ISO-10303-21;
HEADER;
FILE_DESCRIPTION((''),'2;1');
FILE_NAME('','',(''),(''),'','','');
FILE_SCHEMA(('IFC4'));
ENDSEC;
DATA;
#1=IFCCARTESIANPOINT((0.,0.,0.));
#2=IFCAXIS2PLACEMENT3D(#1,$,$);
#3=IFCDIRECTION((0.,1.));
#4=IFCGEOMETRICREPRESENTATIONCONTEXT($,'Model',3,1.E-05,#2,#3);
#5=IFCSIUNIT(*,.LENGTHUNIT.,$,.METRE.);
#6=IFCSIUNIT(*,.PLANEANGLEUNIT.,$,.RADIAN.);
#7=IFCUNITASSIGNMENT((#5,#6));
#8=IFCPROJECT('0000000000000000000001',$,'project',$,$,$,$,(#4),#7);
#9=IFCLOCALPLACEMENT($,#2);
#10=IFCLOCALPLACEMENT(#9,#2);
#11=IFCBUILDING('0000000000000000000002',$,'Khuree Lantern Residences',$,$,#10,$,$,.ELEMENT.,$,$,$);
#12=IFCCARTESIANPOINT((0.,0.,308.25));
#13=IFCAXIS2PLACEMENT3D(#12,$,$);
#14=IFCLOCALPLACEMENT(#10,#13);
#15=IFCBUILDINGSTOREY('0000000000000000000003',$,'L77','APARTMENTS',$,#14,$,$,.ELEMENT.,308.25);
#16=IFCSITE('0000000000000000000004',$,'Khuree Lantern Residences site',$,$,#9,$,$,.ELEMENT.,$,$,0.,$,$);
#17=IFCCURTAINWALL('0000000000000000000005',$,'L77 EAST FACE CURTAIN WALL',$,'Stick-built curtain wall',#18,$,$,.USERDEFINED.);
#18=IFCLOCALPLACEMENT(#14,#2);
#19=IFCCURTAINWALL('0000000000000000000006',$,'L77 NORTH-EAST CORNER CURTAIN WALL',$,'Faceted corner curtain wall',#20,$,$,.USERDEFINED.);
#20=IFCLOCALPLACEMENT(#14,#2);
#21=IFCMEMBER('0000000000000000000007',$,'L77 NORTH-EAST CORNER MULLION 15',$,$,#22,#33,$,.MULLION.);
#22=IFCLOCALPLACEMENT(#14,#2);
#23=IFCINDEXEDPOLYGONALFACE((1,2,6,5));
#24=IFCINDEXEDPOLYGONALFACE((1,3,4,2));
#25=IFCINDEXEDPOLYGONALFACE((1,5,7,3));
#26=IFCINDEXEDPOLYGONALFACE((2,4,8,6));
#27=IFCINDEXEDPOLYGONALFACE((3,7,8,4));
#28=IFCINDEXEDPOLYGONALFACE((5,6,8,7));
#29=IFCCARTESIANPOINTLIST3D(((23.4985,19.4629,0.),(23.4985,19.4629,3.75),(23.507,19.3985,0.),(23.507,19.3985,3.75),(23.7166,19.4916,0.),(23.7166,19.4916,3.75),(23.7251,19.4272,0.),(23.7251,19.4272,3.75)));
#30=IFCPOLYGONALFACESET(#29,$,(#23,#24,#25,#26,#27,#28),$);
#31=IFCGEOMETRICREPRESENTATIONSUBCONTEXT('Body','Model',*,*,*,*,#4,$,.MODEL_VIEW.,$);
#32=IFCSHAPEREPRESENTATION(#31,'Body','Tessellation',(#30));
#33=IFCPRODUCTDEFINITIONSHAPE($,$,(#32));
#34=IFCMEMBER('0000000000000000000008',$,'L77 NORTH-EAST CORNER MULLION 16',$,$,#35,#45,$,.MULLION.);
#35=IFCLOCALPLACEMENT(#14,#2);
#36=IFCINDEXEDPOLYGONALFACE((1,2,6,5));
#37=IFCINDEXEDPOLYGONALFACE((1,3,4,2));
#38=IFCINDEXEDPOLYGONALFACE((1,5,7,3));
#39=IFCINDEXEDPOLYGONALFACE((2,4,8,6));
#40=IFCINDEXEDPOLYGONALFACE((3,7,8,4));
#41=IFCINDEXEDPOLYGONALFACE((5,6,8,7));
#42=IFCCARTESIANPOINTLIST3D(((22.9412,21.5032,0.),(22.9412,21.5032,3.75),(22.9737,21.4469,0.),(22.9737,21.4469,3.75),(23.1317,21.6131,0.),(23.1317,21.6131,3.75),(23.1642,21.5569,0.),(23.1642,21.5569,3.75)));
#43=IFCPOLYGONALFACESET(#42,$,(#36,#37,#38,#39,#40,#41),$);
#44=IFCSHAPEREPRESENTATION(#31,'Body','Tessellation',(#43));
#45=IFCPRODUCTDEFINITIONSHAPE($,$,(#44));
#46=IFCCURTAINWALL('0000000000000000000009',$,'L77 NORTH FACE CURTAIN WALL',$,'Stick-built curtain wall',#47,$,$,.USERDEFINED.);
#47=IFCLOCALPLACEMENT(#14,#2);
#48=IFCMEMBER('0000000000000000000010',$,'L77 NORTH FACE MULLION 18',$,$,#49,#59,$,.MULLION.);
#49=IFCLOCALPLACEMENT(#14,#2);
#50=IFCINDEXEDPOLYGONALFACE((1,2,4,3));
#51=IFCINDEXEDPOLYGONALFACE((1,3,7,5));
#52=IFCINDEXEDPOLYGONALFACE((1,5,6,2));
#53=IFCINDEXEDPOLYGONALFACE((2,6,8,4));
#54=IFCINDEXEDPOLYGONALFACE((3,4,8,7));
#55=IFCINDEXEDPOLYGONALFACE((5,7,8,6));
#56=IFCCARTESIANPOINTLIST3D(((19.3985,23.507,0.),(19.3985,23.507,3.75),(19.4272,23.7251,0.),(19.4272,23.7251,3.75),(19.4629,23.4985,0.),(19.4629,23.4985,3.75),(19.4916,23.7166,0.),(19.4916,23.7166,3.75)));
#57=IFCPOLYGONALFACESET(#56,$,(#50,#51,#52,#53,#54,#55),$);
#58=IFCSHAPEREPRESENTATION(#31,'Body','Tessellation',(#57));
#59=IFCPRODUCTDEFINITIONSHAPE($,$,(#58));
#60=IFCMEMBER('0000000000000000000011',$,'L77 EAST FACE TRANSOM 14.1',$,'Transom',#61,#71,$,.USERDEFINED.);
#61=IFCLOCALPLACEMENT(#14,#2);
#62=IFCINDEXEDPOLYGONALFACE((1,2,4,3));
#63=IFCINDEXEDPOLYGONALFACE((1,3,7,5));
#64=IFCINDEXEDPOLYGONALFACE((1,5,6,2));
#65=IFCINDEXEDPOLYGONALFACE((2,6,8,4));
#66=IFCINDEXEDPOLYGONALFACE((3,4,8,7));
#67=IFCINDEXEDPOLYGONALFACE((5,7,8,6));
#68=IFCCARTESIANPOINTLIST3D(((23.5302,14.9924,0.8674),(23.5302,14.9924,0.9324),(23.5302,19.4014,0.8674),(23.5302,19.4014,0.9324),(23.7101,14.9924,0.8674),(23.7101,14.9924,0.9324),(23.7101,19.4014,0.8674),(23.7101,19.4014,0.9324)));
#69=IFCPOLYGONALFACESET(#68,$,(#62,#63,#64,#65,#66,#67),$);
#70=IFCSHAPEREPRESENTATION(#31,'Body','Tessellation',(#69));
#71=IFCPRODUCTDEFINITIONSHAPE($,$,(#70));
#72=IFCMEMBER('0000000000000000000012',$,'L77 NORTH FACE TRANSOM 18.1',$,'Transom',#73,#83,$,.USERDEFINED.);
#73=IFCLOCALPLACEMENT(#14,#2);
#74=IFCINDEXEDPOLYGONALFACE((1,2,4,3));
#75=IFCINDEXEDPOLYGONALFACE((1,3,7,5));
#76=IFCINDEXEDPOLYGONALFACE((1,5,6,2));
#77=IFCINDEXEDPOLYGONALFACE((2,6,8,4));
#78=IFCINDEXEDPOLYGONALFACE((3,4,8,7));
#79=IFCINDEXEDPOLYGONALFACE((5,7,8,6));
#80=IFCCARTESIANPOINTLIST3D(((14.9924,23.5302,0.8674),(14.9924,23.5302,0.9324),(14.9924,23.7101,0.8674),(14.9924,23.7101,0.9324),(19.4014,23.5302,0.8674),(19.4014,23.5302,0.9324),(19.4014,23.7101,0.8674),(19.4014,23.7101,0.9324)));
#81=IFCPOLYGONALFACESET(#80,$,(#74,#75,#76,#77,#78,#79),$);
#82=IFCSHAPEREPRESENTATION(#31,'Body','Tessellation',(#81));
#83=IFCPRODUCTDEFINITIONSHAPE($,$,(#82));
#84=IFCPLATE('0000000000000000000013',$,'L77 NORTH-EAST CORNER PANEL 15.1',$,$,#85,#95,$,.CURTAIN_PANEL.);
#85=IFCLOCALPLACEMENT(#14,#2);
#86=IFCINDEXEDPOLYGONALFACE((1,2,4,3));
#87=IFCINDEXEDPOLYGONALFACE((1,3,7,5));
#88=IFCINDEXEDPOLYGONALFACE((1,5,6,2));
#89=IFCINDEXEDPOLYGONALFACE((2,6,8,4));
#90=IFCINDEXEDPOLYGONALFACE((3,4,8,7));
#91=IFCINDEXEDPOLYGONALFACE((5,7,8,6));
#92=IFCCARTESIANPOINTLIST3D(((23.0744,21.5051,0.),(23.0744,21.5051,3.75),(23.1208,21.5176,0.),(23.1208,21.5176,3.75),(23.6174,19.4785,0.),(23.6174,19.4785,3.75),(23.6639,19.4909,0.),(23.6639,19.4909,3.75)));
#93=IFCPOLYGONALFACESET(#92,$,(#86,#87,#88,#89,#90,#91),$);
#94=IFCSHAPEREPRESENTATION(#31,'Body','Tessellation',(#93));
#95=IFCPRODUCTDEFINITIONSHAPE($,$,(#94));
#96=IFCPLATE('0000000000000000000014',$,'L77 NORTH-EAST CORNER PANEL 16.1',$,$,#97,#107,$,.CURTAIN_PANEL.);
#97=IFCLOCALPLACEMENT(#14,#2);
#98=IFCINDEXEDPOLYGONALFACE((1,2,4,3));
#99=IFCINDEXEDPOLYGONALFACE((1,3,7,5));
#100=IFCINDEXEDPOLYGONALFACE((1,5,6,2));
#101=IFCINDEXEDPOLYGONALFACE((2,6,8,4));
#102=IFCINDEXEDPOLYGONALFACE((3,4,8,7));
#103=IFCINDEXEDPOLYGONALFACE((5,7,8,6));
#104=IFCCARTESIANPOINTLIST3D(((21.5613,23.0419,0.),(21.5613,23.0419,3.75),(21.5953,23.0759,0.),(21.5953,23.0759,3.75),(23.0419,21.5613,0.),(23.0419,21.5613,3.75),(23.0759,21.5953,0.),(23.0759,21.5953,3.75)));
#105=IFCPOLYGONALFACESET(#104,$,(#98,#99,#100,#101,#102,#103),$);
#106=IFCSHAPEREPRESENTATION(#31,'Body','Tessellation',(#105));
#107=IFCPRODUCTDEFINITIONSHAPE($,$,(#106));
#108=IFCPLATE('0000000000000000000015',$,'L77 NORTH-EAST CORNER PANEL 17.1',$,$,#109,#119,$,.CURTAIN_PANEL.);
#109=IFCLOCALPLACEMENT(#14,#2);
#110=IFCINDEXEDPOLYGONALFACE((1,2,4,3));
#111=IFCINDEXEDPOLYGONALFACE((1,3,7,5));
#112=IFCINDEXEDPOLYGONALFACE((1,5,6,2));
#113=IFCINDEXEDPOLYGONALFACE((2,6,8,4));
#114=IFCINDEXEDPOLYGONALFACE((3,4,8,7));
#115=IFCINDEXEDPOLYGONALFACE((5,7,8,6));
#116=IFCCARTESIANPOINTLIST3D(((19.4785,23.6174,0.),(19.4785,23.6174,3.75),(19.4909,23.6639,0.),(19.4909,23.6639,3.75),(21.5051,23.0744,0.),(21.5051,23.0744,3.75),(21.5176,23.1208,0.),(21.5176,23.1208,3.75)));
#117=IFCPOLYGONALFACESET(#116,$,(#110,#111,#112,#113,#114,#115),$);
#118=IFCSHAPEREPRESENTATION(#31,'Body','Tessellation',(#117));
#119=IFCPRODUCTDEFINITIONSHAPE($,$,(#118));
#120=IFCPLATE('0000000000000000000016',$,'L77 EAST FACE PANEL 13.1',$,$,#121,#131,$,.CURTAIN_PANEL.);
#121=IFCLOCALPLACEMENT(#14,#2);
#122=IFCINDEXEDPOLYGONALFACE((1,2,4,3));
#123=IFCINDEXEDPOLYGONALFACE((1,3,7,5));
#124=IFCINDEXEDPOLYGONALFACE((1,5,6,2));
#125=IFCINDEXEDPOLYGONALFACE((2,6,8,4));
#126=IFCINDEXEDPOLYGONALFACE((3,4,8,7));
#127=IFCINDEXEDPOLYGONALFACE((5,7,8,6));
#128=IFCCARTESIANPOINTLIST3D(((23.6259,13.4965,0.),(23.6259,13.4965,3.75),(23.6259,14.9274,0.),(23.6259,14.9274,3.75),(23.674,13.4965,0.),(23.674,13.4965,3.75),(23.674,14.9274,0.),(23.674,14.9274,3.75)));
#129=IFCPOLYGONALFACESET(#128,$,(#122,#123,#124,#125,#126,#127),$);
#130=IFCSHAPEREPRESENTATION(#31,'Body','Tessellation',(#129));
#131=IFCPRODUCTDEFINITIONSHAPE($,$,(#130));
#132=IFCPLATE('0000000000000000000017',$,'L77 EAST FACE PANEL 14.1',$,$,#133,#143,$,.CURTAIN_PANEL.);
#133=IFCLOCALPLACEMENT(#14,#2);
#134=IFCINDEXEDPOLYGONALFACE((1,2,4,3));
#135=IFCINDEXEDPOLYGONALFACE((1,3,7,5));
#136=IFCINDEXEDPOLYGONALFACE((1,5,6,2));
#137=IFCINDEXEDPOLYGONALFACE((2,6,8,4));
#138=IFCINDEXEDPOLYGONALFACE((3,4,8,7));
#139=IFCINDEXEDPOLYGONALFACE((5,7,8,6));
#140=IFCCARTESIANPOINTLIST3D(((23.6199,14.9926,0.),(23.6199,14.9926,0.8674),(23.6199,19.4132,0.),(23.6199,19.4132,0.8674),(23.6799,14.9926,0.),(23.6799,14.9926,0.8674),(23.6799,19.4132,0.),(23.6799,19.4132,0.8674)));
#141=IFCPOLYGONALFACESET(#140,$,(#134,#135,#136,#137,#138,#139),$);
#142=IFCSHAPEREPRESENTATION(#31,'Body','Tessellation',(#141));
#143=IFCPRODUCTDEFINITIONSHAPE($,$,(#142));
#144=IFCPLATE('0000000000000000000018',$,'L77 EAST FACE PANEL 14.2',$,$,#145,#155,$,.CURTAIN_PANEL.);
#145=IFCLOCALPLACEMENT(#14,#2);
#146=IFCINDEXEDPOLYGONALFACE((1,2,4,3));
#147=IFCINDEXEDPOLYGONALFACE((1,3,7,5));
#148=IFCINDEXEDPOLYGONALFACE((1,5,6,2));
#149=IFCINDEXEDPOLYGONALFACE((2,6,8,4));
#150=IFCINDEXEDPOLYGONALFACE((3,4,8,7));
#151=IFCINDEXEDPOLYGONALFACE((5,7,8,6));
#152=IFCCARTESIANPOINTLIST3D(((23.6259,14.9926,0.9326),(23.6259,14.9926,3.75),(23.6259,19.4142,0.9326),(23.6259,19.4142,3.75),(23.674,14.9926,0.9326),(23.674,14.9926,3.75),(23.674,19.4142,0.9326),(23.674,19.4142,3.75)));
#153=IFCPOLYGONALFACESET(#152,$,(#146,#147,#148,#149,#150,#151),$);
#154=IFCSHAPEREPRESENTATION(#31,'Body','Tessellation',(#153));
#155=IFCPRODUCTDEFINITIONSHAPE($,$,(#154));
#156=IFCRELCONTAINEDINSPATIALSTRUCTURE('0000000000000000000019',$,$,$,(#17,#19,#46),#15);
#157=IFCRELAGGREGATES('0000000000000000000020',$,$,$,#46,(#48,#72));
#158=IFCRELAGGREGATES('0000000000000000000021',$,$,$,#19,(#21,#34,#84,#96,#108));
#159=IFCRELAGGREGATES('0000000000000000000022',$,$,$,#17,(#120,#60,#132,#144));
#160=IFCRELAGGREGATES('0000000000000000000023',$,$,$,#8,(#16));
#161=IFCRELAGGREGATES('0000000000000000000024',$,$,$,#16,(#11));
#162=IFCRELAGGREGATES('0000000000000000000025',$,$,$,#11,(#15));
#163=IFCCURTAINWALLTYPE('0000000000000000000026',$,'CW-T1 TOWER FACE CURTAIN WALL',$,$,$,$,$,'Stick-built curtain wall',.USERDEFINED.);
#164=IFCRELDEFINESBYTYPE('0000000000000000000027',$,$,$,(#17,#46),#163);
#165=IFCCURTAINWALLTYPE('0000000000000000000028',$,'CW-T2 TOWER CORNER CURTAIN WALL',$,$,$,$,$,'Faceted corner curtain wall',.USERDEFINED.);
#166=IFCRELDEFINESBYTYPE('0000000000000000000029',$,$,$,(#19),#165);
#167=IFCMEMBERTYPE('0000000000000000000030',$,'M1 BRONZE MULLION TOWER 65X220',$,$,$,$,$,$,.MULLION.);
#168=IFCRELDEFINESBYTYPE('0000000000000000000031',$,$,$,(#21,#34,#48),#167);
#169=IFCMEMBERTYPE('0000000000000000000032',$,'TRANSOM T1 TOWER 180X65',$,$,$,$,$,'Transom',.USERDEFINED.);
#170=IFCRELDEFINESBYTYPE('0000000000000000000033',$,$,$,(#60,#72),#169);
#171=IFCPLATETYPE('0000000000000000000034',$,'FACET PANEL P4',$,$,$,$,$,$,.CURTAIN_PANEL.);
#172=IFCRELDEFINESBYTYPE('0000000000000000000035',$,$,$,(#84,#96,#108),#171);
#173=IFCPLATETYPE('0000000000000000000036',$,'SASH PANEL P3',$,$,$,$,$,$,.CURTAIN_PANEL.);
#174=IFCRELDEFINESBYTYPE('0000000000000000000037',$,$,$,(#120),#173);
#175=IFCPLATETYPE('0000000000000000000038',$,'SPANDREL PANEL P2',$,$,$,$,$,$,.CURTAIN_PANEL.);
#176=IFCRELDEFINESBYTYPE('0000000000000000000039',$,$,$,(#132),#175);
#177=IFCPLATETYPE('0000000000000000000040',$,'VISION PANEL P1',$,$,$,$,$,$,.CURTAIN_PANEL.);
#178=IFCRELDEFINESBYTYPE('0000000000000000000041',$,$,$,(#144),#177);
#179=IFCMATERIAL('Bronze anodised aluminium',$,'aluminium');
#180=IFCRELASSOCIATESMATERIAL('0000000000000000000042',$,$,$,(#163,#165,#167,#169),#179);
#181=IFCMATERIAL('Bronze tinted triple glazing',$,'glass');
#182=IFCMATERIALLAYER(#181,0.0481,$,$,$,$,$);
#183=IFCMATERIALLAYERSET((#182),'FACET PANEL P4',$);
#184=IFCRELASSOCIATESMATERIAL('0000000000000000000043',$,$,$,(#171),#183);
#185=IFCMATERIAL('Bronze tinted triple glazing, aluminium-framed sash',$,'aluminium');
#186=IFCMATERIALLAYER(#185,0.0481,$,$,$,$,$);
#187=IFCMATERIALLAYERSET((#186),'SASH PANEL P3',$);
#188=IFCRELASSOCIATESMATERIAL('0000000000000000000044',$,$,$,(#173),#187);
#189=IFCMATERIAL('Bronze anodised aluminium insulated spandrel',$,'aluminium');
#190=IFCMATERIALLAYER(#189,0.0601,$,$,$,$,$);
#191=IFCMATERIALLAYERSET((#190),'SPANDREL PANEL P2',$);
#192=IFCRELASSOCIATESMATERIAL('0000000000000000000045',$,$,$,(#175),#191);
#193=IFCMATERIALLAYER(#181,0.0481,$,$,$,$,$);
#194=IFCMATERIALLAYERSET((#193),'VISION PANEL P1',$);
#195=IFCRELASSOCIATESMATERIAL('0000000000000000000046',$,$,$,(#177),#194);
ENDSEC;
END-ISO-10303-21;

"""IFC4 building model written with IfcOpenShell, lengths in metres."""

from ifc_helpers import new_model, si_unit, direction, frame, origin, origin_2d, place, context, subcontext, project, spatial, rectangle, extrude, material, layer, layer_set, material_profile, profile_set, type_object, element, aggregate, save


model = new_model("IFC4")

# Units and contexts
model_context = context("Model", 3, precision=1e-05, world=origin(), true_north=direction((0.0, 1.0)))
body_context = subcontext(model_context, "Body", "Model", "MODEL_VIEW")
ifc_project = project(units=[si_unit("LENGTHUNIT", "METRE"), si_unit("PLANEANGLEUNIT", "RADIAN")], contexts=[model_context])

# Site, building, storey
site_placement = place(None, origin())
site = spatial("IfcSite", under=ifc_project, at=site_placement, Name="Khuree Lantern Residences site", CompositionType="ELEMENT", RefElevation=0.0)
building_placement = place(site_placement, origin())
building = spatial("IfcBuilding", under=site, at=building_placement, Name="Khuree Lantern Residences", CompositionType="ELEMENT")
storey_placement = place(building_placement, frame((0.0, 0.0, 308.25)))
storey = spatial("IfcBuildingStorey", under=building, at=storey_placement, Name="L77", Description="APARTMENTS", CompositionType="ELEMENT", Elevation=308.25)

# Curtain walls
ifc_material_1 = material(Name="Bronze anodised aluminium", Category="aluminium")
curtain_wall_type_1 = type_object("IfcCurtainWallType", Name="CW-T1 TOWER FACE CURTAIN WALL", ElementType="Stick-built curtain wall", PredefinedType="USERDEFINED", material=ifc_material_1)
curtain_wall_1_placement = place(storey_placement, origin())
curtain_wall_1 = element("IfcCurtainWall", 1, at=curtain_wall_1_placement, inside=storey, type_object=curtain_wall_type_1, Name="L77 EAST FACE CURTAIN WALL", ObjectType="Stick-built curtain wall", PredefinedType="USERDEFINED")
curtain_wall_type_2 = type_object("IfcCurtainWallType", Name="CW-T2 TOWER CORNER CURTAIN WALL", ElementType="Faceted corner curtain wall", PredefinedType="USERDEFINED", material=ifc_material_1)
curtain_wall_2_placement = place(storey_placement, origin())
curtain_wall_2 = element("IfcCurtainWall", 2, at=curtain_wall_2_placement, inside=storey, type_object=curtain_wall_type_2, Name="L77 NORTH-EAST CORNER CURTAIN WALL", ObjectType="Faceted corner curtain wall", PredefinedType="USERDEFINED")

# Members
ifc_material_profile_1 = material_profile(ifc_material_1, rectangle(XDim=0.0649, YDim=0.22, at=origin_2d()), Name="M1 65X220")
ifc_profile_set_1 = profile_set([ifc_material_profile_1], Name="Bronze anodised aluminium")
member_type_1 = type_object("IfcMemberType", Name="M1 BRONZE MULLION TOWER 65X220", PredefinedType="MULLION", material=ifc_profile_set_1)
member_1_placement = place(storey_placement, frame((23.6118, 19.4451, 0.0), z_axis=(0.0, 0.0, 1.0), x_axis=(-0.130526, 0.991445, 0.0)))
member_1 = element("IfcMember", 3, at=member_1_placement, type_object=member_type_1, Name="L77 NORTH-EAST CORNER MULLION 15", PredefinedType="MULLION", context=body_context, shape_type="SweptSolid", body=[
    extrude(rectangle(XDim=0.0649, YDim=0.22, at=origin_2d()), origin(), (0.0, 0.0, 1.0), 3.75),
])
member_2_placement = place(storey_placement, frame((23.0527, 21.53, 0.0), z_axis=(0.0, 0.0, 1.0), x_axis=(-0.5, 0.866025, 0.0)))
member_2 = element("IfcMember", 4, at=member_2_placement, type_object=member_type_1, Name="L77 NORTH-EAST CORNER MULLION 16", PredefinedType="MULLION", context=body_context, shape_type="SweptSolid", body=[
    extrude(rectangle(XDim=0.0649, YDim=0.22, at=origin_2d()), origin(), (0.0, 0.0, 1.0), 3.75),
])

# Curtain wall, member
curtain_wall_3_placement = place(storey_placement, origin())
curtain_wall_3 = element("IfcCurtainWall", 5, at=curtain_wall_3_placement, inside=storey, type_object=curtain_wall_type_1, Name="L77 NORTH FACE CURTAIN WALL", ObjectType="Stick-built curtain wall", PredefinedType="USERDEFINED")
member_3_placement = place(storey_placement, frame((19.4451, 23.6118, 0.0), z_axis=(0.0, 0.0, 1.0), x_axis=(-0.991445, 0.130526, 0.0)))
member_3 = element("IfcMember", 6, at=member_3_placement, type_object=member_type_1, Name="L77 NORTH FACE MULLION 18", PredefinedType="MULLION", context=body_context, shape_type="SweptSolid", body=[
    extrude(rectangle(XDim=0.0649, YDim=0.22, at=origin_2d()), origin(), (0.0, 0.0, 1.0), 3.75),
])

# Members
ifc_material_profile_2 = material_profile(ifc_material_1, rectangle(XDim=0.1799, YDim=0.0649, at=origin_2d()), Name="T1 180X65")
ifc_profile_set_2 = profile_set([ifc_material_profile_2], Name="Bronze anodised aluminium")
member_type_2 = type_object("IfcMemberType", Name="TRANSOM T1 TOWER 180X65", ElementType="Transom", PredefinedType="USERDEFINED", material=ifc_profile_set_2)
member_4_placement = place(storey_placement, frame((23.6201, 14.9924, 0.8999), z_axis=(0.0, 1.0, 0.0), x_axis=(-1.0, 0.0, 0.0)))
member_4 = element("IfcMember", 7, at=member_4_placement, type_object=member_type_2, Name="L77 EAST FACE TRANSOM 14.1", ObjectType="Transom", PredefinedType="USERDEFINED", context=body_context, shape_type="SweptSolid", body=[
    extrude(rectangle(XDim=0.1799, YDim=0.0649, at=origin_2d()), origin(), (0.0, 0.0, 1.0), 4.4089),
])
member_5_placement = place(storey_placement, frame((19.4014, 23.6201, 0.8999), z_axis=(-1.0, 0.0, 0.0), x_axis=(0.0, -1.0, 0.0)))
member_5 = element("IfcMember", 8, at=member_5_placement, type_object=member_type_2, Name="L77 NORTH FACE TRANSOM 18.1", ObjectType="Transom", PredefinedType="USERDEFINED", context=body_context, shape_type="SweptSolid", body=[
    extrude(rectangle(XDim=0.1799, YDim=0.0649, at=origin_2d()), origin(), (0.0, 0.0, 1.0), 4.4089),
])
aggregate(curtain_wall_3, [member_3, member_5])

# Plates
ifc_material_2 = material(Name="Bronze tinted triple glazing", Category="glass")
ifc_layer_1 = layer(ifc_material_2, 0.0481)
ifc_layer_set_1 = layer_set([ifc_layer_1], Name="FACET PANEL P4")
plate_type_1 = type_object("IfcPlateType", Name="FACET PANEL P4", PredefinedType="CURTAIN_PANEL", material=ifc_layer_set_1)
plate_1_placement = place(storey_placement, frame((23.3691, 20.498, 0.0), z_axis=(0.0, 0.0, 1.0), x_axis=(-0.258819, 0.965926, 0.0)))
plate_1 = element("IfcPlate", 9, at=plate_1_placement, type_object=plate_type_1, Name="L77 NORTH-EAST CORNER PANEL 15.1", PredefinedType="CURTAIN_PANEL", context=body_context, shape_type="SweptSolid", body=[
    extrude(rectangle(XDim=2.0981, YDim=0.0481, at=origin_2d()), origin(), (0.0, 0.0, 1.0), 3.75),
])
plate_2_placement = place(storey_placement, frame((22.3186, 22.3186, 0.0), z_axis=(0.0, 0.0, 1.0), x_axis=(-0.707107, 0.707107, 0.0)))
plate_2 = element("IfcPlate", 10, at=plate_2_placement, type_object=plate_type_1, Name="L77 NORTH-EAST CORNER PANEL 16.1", PredefinedType="CURTAIN_PANEL", context=body_context, shape_type="SweptSolid", body=[
    extrude(rectangle(XDim=2.094, YDim=0.0481, at=origin_2d()), origin(), (0.0, 0.0, 1.0), 3.75),
])
plate_3_placement = place(storey_placement, frame((20.498, 23.3691, 0.0), z_axis=(0.0, 0.0, 1.0), x_axis=(-0.965926, 0.258819, 0.0)))
plate_3 = element("IfcPlate", 11, at=plate_3_placement, type_object=plate_type_1, Name="L77 NORTH-EAST CORNER PANEL 17.1", PredefinedType="CURTAIN_PANEL", context=body_context, shape_type="SweptSolid", body=[
    extrude(rectangle(XDim=2.0981, YDim=0.0481, at=origin_2d()), origin(), (0.0, 0.0, 1.0), 3.75),
])
aggregate(curtain_wall_2, [member_1, member_2, plate_1, plate_2, plate_3])
ifc_material_3 = material(Name="Bronze tinted triple glazing, aluminium-framed sash", Category="aluminium")
ifc_layer_2 = layer(ifc_material_3, 0.0481)
ifc_layer_set_2 = layer_set([ifc_layer_2], Name="SASH PANEL P3")
plate_type_2 = type_object("IfcPlateType", Name="SASH PANEL P3", PredefinedType="CURTAIN_PANEL", material=ifc_layer_set_2)
plate_4_placement = place(storey_placement, frame((23.6499, 14.2119, 0.0), z_axis=(0.0, 0.0, 1.0), x_axis=(0.0, 1.0, 0.0)))
plate_4 = element("IfcPlate", 12, at=plate_4_placement, type_object=plate_type_2, Name="L77 EAST FACE PANEL 13.1", PredefinedType="CURTAIN_PANEL", context=body_context, shape_type="SweptSolid", body=[
    extrude(rectangle(XDim=1.4309, YDim=0.0481, at=origin_2d()), origin(), (0.0, 0.0, 1.0), 3.75),
])
ifc_material_4 = material(Name="Bronze anodised aluminium insulated spandrel", Category="aluminium")
ifc_layer_3 = layer(ifc_material_4, 0.0601)
ifc_layer_set_3 = layer_set([ifc_layer_3], Name="SPANDREL PANEL P2")
plate_type_3 = type_object("IfcPlateType", Name="SPANDREL PANEL P2", PredefinedType="CURTAIN_PANEL", material=ifc_layer_set_3)
plate_5_placement = place(storey_placement, frame((23.6499, 17.2029, 0.0), z_axis=(0.0, 0.0, 1.0), x_axis=(0.0, 1.0, 0.0)))
plate_5 = element("IfcPlate", 13, at=plate_5_placement, type_object=plate_type_3, Name="L77 EAST FACE PANEL 14.1", PredefinedType="CURTAIN_PANEL", context=body_context, shape_type="SweptSolid", body=[
    extrude(rectangle(XDim=4.4207, YDim=0.0601, at=origin_2d()), origin(), (0.0, 0.0, 1.0), 0.8674),
])
ifc_layer_4 = layer(ifc_material_2, 0.0481)
ifc_layer_set_4 = layer_set([ifc_layer_4], Name="VISION PANEL P1")
plate_type_4 = type_object("IfcPlateType", Name="VISION PANEL P1", PredefinedType="CURTAIN_PANEL", material=ifc_layer_set_4)
plate_6_placement = place(storey_placement, frame((23.6499, 17.2034, 0.9326), z_axis=(0.0, 0.0, 1.0), x_axis=(0.0, 1.0, 0.0)))
plate_6 = element("IfcPlate", 14, at=plate_6_placement, type_object=plate_type_4, Name="L77 EAST FACE PANEL 14.2", PredefinedType="CURTAIN_PANEL", context=body_context, shape_type="SweptSolid", body=[
    extrude(rectangle(XDim=4.4216, YDim=0.0481, at=origin_2d()), origin(), (0.0, 0.0, 1.0), 2.8174),
])
aggregate(curtain_wall_1, [plate_4, member_4, plate_5, plate_6])

save(model, "model.ifc")
